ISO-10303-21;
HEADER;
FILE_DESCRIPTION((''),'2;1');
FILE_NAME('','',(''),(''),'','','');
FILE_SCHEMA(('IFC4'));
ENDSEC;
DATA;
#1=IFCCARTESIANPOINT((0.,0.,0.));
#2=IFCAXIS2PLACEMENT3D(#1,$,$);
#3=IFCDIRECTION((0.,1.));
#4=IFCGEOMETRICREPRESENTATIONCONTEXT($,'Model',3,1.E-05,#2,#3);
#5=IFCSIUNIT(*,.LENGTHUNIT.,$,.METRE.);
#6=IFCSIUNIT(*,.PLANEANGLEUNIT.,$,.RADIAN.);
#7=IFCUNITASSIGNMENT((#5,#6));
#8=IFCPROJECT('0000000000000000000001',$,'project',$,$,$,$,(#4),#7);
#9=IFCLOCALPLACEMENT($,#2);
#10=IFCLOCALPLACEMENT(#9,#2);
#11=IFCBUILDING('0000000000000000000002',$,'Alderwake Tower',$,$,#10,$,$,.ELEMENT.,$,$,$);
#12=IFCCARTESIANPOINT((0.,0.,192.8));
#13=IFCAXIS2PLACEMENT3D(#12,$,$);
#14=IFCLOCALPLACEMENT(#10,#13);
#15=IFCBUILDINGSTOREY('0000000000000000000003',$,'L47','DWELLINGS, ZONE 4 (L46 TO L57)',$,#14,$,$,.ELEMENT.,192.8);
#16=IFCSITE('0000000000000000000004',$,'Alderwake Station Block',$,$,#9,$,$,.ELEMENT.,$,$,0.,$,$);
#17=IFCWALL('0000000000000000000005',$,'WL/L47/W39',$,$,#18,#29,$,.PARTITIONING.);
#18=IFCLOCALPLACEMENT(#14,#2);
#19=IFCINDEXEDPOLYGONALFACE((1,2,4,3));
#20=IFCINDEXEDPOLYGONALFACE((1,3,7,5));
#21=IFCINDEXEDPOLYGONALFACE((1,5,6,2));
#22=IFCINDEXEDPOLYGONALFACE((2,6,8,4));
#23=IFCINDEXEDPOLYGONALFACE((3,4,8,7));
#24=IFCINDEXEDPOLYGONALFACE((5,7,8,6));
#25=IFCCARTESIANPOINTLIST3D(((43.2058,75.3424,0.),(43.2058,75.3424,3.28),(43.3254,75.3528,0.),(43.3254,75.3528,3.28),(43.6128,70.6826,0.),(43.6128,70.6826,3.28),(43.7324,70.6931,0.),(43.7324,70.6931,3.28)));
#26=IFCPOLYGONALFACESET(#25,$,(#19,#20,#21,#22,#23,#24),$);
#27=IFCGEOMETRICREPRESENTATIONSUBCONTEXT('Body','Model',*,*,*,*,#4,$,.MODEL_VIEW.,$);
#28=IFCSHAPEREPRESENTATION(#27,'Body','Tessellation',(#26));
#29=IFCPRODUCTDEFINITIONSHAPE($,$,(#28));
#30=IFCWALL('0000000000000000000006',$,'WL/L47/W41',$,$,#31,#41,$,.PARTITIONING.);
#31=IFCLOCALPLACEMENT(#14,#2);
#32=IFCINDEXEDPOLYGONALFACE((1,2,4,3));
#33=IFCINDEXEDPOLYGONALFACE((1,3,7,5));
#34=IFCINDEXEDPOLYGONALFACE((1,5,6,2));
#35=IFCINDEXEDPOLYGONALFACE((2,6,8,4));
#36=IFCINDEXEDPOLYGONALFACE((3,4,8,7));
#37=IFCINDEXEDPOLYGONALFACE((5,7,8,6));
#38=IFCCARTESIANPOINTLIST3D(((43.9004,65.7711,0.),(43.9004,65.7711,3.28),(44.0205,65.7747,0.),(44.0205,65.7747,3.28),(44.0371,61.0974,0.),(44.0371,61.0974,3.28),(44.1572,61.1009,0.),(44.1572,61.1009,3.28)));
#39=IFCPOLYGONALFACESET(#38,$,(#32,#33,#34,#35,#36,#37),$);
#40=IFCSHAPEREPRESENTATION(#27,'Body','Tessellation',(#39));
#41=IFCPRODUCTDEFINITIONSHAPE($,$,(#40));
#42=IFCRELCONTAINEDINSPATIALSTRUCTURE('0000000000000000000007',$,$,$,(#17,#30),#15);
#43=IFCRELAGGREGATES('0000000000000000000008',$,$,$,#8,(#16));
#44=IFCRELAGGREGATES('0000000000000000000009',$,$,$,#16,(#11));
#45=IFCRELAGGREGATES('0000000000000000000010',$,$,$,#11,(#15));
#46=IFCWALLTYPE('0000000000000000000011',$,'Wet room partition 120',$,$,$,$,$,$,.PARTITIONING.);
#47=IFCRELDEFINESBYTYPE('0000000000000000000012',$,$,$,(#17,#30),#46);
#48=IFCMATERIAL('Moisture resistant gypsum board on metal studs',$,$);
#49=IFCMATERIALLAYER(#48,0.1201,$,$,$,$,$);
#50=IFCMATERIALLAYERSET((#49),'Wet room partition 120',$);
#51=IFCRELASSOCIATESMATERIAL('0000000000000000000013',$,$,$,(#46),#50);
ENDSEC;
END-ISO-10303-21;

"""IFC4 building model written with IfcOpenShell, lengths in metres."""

from ifc_helpers import new_model, si_unit, direction, frame, frame_2d, origin, place, context, subcontext, project, spatial, rectangle, extrude, material, layer, layer_set, type_object, element, save


model = new_model("IFC4")

# Units and contexts
model_context = context("Model", 3, precision=1e-05, world=origin(), true_north=direction((0.0, 1.0)))
body_context = subcontext(model_context, "Body", "Model", "MODEL_VIEW")
ifc_project = project(units=[si_unit("LENGTHUNIT", "METRE"), si_unit("PLANEANGLEUNIT", "RADIAN")], contexts=[model_context])

# Site, building, storey
site_placement = place(None, origin())
site = spatial("IfcSite", under=ifc_project, at=site_placement, Name="Alderwake Station Block", CompositionType="ELEMENT", RefElevation=0.0)
building_placement = place(site_placement, origin())
building = spatial("IfcBuilding", under=site, at=building_placement, Name="Alderwake Tower", CompositionType="ELEMENT")
storey_placement = place(building_placement, frame((0.0, 0.0, 192.8)))
storey = spatial("IfcBuildingStorey", under=building, at=storey_placement, Name="L47", Description="DWELLINGS, ZONE 4 (L46 TO L57)", CompositionType="ELEMENT", Elevation=192.8)

# Shared definitions
ifc_material_1 = material(Name="Moisture resistant gypsum board on metal studs")
ifc_layer_1 = layer(ifc_material_1, 0.1201)
ifc_layer_set_1 = layer_set([ifc_layer_1], Name="Wet room partition 120")
wall_type_1 = type_object("IfcWallType", Name="Wet room partition 120", PredefinedType="PARTITIONING", material=ifc_layer_set_1)

# Walls
wall_1_placement = place(storey_placement, frame((43.6726, 70.6877, 0.0), z_axis=(0.0, 0.0, 1.0), x_axis=(-0.08701, 0.996207, 0.0)))
element("IfcWall", 1, at=wall_1_placement, inside=storey, type_object=wall_type_1, Name="WL/L47/W39", PredefinedType="PARTITIONING", context=body_context, shape_type="SweptSolid", body=[
    extrude(rectangle(XDim=4.6775, YDim=0.1201, at=frame_2d((2.3389, 0.0))), origin(), (0.0, 0.0, 1.0), 3.28),
])
wall_2_placement = place(storey_placement, frame((44.0972, 61.0991, 0.0), z_axis=(0.0, 0.0, 1.0), x_axis=(-0.029239, 0.999572, 0.0)))
element("IfcWall", 2, at=wall_2_placement, inside=storey, type_object=wall_type_1, Name="WL/L47/W41", PredefinedType="PARTITIONING", context=body_context, shape_type="SweptSolid", body=[
    extrude(rectangle(XDim=4.6758, YDim=0.1201, at=frame_2d((2.3379, 0.0))), origin(), (0.0, 0.0, 1.0), 3.28),
])

save(model, "model.ifc")
